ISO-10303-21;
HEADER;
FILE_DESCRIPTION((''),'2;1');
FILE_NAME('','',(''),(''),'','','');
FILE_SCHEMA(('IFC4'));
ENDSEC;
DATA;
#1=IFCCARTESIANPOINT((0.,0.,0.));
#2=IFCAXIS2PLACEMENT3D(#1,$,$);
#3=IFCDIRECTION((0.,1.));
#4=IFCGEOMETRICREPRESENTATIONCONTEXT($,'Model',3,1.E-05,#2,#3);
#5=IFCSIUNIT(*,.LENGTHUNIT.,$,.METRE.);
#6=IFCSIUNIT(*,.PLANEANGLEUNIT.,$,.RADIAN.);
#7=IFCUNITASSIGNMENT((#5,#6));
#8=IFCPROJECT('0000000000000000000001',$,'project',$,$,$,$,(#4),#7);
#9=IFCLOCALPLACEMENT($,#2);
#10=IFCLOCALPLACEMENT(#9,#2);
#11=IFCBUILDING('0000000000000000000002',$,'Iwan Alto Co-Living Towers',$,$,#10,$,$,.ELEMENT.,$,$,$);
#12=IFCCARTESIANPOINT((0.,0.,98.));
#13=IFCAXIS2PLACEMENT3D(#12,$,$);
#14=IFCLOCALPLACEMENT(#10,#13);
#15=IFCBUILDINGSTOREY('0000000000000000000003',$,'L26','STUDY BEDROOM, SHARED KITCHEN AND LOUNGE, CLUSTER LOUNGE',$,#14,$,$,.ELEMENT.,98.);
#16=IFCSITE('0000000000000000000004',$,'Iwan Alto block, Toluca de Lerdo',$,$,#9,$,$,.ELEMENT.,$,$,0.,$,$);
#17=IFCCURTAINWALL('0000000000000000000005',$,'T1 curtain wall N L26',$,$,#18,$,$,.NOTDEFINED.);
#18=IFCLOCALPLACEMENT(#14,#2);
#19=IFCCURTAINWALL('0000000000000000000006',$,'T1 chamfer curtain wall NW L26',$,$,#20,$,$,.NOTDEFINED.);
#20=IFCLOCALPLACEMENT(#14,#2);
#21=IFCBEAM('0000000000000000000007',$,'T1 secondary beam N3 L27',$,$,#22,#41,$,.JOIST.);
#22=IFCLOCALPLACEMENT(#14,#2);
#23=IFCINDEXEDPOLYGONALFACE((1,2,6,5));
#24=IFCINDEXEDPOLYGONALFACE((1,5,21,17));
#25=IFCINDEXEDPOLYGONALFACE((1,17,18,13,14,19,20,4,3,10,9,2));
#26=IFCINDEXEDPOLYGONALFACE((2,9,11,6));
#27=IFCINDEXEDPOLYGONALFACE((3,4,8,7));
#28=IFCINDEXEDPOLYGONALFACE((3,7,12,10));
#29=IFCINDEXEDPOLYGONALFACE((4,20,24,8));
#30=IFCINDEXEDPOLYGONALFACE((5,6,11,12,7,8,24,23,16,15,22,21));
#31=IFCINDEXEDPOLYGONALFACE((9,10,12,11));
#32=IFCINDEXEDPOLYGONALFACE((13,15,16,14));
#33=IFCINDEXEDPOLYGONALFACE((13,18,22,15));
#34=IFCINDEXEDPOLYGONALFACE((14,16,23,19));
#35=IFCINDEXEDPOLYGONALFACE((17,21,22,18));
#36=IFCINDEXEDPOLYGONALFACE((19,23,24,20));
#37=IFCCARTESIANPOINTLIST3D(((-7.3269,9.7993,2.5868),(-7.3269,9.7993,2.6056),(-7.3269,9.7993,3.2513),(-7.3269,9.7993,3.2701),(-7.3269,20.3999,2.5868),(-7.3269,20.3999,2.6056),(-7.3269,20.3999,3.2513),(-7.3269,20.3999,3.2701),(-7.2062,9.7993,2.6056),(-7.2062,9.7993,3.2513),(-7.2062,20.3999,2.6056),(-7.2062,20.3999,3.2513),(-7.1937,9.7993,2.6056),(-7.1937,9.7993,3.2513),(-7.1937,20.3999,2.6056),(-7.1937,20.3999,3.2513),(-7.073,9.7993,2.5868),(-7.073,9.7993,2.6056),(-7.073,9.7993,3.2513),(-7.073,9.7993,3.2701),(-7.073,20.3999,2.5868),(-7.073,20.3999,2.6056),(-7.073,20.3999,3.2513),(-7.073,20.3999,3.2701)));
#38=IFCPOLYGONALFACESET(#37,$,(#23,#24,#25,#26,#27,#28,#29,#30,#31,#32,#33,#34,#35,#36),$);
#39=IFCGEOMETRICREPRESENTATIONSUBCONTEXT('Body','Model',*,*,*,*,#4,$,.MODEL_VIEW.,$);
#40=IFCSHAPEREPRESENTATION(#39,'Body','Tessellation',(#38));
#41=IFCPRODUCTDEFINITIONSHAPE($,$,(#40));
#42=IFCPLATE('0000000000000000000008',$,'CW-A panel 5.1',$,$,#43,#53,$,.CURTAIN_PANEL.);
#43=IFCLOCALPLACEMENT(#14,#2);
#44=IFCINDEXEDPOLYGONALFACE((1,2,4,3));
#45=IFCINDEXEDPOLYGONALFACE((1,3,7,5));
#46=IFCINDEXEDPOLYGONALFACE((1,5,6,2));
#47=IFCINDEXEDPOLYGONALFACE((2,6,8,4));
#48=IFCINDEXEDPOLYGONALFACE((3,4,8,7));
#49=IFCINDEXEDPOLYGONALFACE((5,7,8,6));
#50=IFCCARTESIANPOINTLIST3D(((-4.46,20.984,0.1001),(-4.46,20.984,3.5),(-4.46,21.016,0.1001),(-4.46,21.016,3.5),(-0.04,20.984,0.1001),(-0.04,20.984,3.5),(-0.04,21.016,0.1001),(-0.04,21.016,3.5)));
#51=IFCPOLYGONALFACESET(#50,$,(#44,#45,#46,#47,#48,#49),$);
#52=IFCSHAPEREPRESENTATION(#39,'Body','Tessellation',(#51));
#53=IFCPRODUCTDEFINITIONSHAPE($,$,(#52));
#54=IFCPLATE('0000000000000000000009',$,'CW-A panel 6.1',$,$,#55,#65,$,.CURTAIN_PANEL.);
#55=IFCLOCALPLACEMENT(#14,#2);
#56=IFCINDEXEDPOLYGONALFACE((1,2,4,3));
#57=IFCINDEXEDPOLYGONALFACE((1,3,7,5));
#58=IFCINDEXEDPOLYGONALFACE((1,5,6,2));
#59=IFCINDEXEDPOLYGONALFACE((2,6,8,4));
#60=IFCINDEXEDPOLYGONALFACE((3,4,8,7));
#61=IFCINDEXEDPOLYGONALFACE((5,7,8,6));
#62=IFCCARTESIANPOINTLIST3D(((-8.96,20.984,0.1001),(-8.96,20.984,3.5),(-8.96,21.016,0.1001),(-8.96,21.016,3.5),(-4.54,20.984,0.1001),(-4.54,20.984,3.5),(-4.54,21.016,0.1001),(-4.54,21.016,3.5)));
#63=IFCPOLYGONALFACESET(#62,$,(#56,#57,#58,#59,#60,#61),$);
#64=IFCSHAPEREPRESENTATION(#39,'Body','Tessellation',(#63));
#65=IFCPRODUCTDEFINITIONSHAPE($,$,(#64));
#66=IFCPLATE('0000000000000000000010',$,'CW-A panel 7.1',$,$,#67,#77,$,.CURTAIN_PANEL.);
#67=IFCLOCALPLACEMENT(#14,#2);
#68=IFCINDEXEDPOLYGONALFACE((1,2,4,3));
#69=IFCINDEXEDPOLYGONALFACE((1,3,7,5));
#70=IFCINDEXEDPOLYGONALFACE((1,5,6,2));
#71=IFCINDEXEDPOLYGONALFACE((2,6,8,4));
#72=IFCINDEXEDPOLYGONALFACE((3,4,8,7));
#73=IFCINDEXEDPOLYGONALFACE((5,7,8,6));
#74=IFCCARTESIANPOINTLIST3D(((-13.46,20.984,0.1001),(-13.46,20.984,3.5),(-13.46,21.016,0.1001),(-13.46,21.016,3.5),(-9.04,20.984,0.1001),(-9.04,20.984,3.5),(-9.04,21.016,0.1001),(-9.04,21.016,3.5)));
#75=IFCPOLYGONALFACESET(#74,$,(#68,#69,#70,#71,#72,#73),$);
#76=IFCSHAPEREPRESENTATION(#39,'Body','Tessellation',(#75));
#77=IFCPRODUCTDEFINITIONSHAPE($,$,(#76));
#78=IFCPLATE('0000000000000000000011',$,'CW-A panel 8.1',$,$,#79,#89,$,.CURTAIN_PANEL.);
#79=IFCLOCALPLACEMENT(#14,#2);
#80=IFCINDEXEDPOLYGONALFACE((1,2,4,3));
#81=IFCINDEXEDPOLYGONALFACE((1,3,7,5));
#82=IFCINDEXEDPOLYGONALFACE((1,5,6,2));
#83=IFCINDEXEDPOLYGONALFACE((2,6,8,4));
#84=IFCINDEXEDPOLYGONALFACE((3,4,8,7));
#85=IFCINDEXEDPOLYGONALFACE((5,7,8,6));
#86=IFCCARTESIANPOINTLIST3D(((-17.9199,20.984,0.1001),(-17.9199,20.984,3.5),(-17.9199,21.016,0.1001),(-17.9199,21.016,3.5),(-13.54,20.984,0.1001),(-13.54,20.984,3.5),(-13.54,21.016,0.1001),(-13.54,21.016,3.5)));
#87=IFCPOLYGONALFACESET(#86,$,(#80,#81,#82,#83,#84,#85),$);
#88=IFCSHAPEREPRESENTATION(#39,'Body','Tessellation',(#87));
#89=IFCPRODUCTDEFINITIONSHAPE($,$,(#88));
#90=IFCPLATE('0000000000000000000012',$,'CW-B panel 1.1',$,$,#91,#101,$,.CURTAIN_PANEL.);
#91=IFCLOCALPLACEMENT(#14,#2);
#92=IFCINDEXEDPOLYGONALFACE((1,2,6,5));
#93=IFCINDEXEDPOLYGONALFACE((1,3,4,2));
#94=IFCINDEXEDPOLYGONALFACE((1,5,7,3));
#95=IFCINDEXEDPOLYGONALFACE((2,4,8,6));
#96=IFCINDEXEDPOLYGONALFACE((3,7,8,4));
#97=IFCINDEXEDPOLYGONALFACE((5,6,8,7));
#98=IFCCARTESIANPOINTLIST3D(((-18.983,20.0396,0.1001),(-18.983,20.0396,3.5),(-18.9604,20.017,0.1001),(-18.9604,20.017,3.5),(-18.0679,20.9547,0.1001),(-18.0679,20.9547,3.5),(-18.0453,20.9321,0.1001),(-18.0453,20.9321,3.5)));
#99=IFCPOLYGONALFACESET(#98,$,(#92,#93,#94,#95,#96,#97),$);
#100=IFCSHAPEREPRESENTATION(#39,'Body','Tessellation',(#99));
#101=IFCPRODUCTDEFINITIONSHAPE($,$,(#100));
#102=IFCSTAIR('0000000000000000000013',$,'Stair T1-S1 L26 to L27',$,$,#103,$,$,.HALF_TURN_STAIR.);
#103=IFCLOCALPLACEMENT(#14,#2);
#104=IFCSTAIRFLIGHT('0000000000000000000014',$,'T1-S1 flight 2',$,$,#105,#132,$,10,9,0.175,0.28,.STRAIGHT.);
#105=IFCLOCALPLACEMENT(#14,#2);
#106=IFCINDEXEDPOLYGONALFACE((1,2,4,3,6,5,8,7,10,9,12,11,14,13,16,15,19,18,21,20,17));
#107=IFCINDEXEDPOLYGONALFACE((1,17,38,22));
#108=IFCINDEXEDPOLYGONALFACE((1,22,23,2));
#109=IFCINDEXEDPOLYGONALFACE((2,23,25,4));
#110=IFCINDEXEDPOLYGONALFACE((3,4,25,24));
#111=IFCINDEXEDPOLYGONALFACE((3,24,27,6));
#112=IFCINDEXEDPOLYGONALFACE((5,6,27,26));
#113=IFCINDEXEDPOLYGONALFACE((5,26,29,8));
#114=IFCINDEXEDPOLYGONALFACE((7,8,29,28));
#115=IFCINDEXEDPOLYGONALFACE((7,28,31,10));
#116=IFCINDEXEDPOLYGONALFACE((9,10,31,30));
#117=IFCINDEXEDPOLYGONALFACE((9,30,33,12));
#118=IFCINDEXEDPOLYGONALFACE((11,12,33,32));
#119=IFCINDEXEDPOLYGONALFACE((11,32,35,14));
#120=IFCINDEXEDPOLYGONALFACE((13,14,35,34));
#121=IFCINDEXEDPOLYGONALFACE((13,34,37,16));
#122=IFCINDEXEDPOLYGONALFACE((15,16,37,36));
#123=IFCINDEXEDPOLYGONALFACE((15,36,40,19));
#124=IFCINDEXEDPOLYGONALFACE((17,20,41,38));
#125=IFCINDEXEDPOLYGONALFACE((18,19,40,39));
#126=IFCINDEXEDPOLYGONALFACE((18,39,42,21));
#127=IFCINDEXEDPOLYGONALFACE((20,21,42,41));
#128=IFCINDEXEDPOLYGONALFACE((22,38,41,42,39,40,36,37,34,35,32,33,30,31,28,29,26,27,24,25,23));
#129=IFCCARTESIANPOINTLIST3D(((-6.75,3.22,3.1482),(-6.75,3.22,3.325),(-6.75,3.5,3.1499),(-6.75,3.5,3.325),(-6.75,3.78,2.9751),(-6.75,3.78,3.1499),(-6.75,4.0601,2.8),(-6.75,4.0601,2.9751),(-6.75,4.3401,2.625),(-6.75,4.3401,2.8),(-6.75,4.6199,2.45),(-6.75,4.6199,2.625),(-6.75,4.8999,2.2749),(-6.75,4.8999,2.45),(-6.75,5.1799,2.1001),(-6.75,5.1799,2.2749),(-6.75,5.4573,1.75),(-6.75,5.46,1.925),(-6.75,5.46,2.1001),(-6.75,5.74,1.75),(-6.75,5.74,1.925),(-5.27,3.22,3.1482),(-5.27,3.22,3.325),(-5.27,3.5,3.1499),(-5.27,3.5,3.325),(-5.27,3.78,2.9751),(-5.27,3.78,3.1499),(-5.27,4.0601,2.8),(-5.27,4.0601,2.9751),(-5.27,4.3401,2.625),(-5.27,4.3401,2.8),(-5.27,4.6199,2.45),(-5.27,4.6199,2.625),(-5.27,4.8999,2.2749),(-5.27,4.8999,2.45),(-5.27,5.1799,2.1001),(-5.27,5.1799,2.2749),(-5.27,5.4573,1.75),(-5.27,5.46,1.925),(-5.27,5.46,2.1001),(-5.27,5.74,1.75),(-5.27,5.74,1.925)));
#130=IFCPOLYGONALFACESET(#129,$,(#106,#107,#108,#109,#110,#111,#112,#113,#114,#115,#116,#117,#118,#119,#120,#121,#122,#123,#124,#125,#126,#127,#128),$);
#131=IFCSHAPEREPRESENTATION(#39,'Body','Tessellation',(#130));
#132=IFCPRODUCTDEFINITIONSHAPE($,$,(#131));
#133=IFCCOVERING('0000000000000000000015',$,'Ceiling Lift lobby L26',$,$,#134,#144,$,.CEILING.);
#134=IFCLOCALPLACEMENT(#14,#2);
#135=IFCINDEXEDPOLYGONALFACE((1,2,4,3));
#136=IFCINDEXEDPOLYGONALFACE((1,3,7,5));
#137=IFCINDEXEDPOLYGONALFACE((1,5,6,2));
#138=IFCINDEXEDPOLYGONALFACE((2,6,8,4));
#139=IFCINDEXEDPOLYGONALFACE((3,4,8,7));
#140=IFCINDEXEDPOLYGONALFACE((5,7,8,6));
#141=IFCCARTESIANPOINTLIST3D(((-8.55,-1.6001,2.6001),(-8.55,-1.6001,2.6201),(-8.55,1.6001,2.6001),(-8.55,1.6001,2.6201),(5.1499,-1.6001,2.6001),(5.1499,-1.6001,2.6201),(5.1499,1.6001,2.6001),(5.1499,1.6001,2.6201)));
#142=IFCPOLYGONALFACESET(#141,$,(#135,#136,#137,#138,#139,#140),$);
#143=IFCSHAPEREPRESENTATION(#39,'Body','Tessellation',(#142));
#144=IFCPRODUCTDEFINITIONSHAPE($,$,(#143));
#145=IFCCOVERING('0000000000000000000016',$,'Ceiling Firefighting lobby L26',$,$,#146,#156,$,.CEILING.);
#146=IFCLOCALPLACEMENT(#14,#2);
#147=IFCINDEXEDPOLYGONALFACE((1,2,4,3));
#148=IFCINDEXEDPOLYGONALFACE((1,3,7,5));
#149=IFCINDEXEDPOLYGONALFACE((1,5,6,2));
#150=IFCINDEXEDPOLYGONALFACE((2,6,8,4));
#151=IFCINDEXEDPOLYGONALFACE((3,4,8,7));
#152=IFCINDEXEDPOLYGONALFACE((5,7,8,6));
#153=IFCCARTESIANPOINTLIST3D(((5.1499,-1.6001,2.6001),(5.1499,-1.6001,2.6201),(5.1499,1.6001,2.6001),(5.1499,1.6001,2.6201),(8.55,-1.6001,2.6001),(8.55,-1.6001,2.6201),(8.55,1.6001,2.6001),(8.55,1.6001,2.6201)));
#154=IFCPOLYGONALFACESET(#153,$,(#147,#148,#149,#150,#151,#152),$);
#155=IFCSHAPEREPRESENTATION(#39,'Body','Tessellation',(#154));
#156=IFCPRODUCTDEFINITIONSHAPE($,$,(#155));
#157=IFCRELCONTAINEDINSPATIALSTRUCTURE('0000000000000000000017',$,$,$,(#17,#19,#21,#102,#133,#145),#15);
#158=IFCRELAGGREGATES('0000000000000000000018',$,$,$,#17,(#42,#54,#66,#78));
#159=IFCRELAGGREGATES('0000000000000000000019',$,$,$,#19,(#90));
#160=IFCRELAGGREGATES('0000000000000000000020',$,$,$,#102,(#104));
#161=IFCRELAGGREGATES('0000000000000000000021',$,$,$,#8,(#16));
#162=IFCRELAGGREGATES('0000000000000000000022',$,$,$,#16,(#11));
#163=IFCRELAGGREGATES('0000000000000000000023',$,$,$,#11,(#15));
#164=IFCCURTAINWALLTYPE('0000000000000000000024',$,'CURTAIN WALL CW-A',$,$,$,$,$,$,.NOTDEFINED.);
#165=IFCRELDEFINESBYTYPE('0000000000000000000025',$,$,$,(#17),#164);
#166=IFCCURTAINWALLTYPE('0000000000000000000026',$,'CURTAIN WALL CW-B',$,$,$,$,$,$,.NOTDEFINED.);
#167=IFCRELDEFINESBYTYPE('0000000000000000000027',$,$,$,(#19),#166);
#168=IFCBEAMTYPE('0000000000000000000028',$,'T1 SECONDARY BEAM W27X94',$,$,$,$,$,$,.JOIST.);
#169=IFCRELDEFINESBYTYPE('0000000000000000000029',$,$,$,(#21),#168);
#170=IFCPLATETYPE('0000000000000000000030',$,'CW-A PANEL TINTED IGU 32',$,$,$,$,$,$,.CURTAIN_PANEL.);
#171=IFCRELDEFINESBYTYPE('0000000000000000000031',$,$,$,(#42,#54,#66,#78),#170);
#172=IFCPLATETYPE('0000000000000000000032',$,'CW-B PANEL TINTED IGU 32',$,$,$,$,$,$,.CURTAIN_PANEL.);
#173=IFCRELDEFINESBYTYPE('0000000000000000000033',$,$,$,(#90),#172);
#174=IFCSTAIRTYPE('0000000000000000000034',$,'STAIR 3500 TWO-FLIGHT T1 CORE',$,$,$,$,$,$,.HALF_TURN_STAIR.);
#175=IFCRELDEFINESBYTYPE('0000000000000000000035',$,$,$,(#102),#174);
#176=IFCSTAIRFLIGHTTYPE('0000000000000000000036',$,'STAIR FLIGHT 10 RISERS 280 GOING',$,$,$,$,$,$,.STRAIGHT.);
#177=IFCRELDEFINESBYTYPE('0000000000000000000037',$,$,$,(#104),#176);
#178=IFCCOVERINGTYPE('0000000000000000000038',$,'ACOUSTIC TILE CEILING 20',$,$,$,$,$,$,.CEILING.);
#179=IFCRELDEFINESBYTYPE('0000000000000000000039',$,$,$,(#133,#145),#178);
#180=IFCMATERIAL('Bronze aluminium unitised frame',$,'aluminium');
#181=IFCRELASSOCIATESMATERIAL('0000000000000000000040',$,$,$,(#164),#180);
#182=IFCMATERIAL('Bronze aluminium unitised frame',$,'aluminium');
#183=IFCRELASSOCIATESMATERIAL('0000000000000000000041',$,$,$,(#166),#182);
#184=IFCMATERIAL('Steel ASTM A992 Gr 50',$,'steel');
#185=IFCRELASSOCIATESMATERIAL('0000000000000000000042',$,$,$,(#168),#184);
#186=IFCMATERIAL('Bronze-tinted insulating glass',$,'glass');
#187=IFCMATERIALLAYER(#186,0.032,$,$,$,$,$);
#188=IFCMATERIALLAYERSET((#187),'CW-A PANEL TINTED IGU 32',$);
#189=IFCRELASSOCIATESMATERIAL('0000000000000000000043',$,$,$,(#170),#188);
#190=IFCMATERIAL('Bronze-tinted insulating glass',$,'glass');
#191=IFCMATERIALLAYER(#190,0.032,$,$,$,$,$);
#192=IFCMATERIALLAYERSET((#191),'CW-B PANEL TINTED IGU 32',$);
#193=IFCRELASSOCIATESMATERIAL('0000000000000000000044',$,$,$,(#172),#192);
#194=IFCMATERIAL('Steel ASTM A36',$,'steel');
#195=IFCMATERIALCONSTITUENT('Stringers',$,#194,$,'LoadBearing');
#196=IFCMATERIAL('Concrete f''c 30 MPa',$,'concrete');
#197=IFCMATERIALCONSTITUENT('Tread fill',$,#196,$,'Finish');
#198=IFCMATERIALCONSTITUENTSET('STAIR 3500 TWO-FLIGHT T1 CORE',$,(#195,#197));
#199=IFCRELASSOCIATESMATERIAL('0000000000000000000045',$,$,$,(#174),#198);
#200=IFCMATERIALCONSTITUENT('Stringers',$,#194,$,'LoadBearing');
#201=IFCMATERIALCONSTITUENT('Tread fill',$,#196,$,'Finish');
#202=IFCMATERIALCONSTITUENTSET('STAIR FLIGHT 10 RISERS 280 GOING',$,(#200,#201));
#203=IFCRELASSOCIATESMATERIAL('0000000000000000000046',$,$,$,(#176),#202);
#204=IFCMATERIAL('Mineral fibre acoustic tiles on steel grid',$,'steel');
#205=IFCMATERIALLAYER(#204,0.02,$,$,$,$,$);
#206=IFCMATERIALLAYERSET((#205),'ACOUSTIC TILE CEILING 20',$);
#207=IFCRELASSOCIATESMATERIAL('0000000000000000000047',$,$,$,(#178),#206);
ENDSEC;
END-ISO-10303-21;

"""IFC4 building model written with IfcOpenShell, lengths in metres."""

from ifc_helpers import new_model, si_unit, direction, frame, origin, origin_2d, place, context, subcontext, project, spatial, polyline, rectangle, i_section, outline, extrude, material, layer, layer_set, constituent, constituent_set, material_profile, profile_set, type_object, element, aggregate, save


model = new_model("IFC4")

# Units and contexts
model_context = context("Model", 3, precision=1e-05, world=origin(), true_north=direction((0.0, 1.0)))
body_context = subcontext(model_context, "Body", "Model", "MODEL_VIEW")
ifc_project = project(units=[si_unit("LENGTHUNIT", "METRE"), si_unit("PLANEANGLEUNIT", "RADIAN")], contexts=[model_context])

# Site, building, storey
site_placement = place(None, origin())
site = spatial("IfcSite", under=ifc_project, at=site_placement, Name="Iwan Alto block, Toluca de Lerdo", CompositionType="ELEMENT", RefElevation=0.0)
building_placement = place(site_placement, origin())
building = spatial("IfcBuilding", under=site, at=building_placement, Name="Iwan Alto Co-Living Towers", CompositionType="ELEMENT")
storey_placement = place(building_placement, frame((0.0, 0.0, 98.0)))
storey = spatial("IfcBuildingStorey", under=building, at=storey_placement, Name="L26", Description="STUDY BEDROOM, SHARED KITCHEN AND LOUNGE, CLUSTER LOUNGE", CompositionType="ELEMENT", Elevation=98.0)

# Curtain wall
ifc_material_1 = material(Name="Bronze aluminium unitised frame", Category="aluminium")
curtain_wall_type_1 = type_object("IfcCurtainWallType", Name="CURTAIN WALL CW-A", PredefinedType="NOTDEFINED", material=ifc_material_1)
curtain_wall_1_placement = place(storey_placement, origin())
curtain_wall_1 = element("IfcCurtainWall", 1, at=curtain_wall_1_placement, inside=storey, type_object=curtain_wall_type_1, Name="T1 curtain wall N L26", PredefinedType="NOTDEFINED")

# Curtain wall
ifc_material_2 = material(Name="Bronze aluminium unitised frame", Category="aluminium")
curtain_wall_type_2 = type_object("IfcCurtainWallType", Name="CURTAIN WALL CW-B", PredefinedType="NOTDEFINED", material=ifc_material_2)
curtain_wall_2_placement = place(storey_placement, origin())
curtain_wall_2 = element("IfcCurtainWall", 2, at=curtain_wall_2_placement, inside=storey, type_object=curtain_wall_type_2, Name="T1 chamfer curtain wall NW L26", PredefinedType="NOTDEFINED")

# Beam
ifc_material_3 = material(Name="Steel ASTM A992 Gr 50", Category="steel")
ifc_material_profile_1 = material_profile(ifc_material_3, i_section(OverallWidth=0.2539, OverallDepth=0.6833, WebThickness=0.0125, FlangeThickness=0.0188, at=origin_2d()), Name="W27X94")
ifc_profile_set_1 = profile_set([ifc_material_profile_1], Name="Steel ASTM A992 Gr 50")
beam_type_1 = type_object("IfcBeamType", Name="T1 SECONDARY BEAM W27X94", PredefinedType="JOIST", material=ifc_profile_set_1)
beam_1_placement = place(storey_placement, frame((-7.2, 20.3999, 2.9285), z_axis=(0.0, -1.0, 0.0), x_axis=(1.0, 0.0, 0.0)))
element("IfcBeam", 3, at=beam_1_placement, inside=storey, type_object=beam_type_1, Name="T1 secondary beam N3 L27", PredefinedType="JOIST", context=body_context, shape_type="SweptSolid", body=[
    extrude(i_section(OverallWidth=0.2539, OverallDepth=0.6833, WebThickness=0.0125, FlangeThickness=0.0188, at=origin_2d()), origin(), (0.0, 0.0, 1.0), 10.6006),
])

# Plates
ifc_material_4 = material(Name="Bronze-tinted insulating glass", Category="glass")
ifc_layer_1 = layer(ifc_material_4, 0.032)
ifc_layer_set_1 = layer_set([ifc_layer_1], Name="CW-A PANEL TINTED IGU 32")
plate_type_1 = type_object("IfcPlateType", Name="CW-A PANEL TINTED IGU 32", PredefinedType="CURTAIN_PANEL", material=ifc_layer_set_1)
plate_1_placement = place(storey_placement, frame((-2.25, 21.0, 0.1001), z_axis=(0.0, 0.0, 1.0), x_axis=(-1.0, 0.0, 0.0)))
plate_1 = element("IfcPlate", 4, at=plate_1_placement, type_object=plate_type_1, Name="CW-A panel 5.1", PredefinedType="CURTAIN_PANEL", context=body_context, shape_type="SweptSolid", body=[
    extrude(rectangle(XDim=4.4199, YDim=0.032, at=origin_2d()), origin(), (0.0, 0.0, 1.0), 3.3999),
])
plate_2_placement = place(storey_placement, frame((-6.75, 21.0, 0.1001), z_axis=(0.0, 0.0, 1.0), x_axis=(-1.0, 0.0, 0.0)))
plate_2 = element("IfcPlate", 5, at=plate_2_placement, type_object=plate_type_1, Name="CW-A panel 6.1", PredefinedType="CURTAIN_PANEL", context=body_context, shape_type="SweptSolid", body=[
    extrude(rectangle(XDim=4.4199, YDim=0.032, at=origin_2d()), origin(), (0.0, 0.0, 1.0), 3.3999),
])
plate_3_placement = place(storey_placement, frame((-11.25, 21.0, 0.1001), z_axis=(0.0, 0.0, 1.0), x_axis=(-1.0, 0.0, 0.0)))
plate_3 = element("IfcPlate", 6, at=plate_3_placement, type_object=plate_type_1, Name="CW-A panel 7.1", PredefinedType="CURTAIN_PANEL", context=body_context, shape_type="SweptSolid", body=[
    extrude(rectangle(XDim=4.4199, YDim=0.032, at=origin_2d()), origin(), (0.0, 0.0, 1.0), 3.3999),
])
plate_4_placement = place(storey_placement, frame((-15.73, 21.0, 0.1001), z_axis=(0.0, 0.0, 1.0), x_axis=(-1.0, 0.0, 0.0)))
plate_4 = element("IfcPlate", 7, at=plate_4_placement, type_object=plate_type_1, Name="CW-A panel 8.1", PredefinedType="CURTAIN_PANEL", context=body_context, shape_type="SweptSolid", body=[
    extrude(rectangle(XDim=4.3799, YDim=0.032, at=origin_2d()), origin(), (0.0, 0.0, 1.0), 3.3999),
])
aggregate(curtain_wall_1, [plate_1, plate_2, plate_3, plate_4])
ifc_material_5 = material(Name="Bronze-tinted insulating glass", Category="glass")
ifc_layer_2 = layer(ifc_material_5, 0.032)
ifc_layer_set_2 = layer_set([ifc_layer_2], Name="CW-B PANEL TINTED IGU 32")
plate_type_2 = type_object("IfcPlateType", Name="CW-B PANEL TINTED IGU 32", PredefinedType="CURTAIN_PANEL", material=ifc_layer_set_2)
plate_5_placement = place(storey_placement, frame((-18.5142, 20.4858, 0.1001), z_axis=(0.0, 0.0, 1.0), x_axis=(-0.707107, -0.707107, 0.0)))
plate_5 = element("IfcPlate", 8, at=plate_5_placement, type_object=plate_type_2, Name="CW-B panel 1.1", PredefinedType="CURTAIN_PANEL", context=body_context, shape_type="SweptSolid", body=[
    extrude(rectangle(XDim=1.2942, YDim=0.032, at=origin_2d()), origin(), (0.0, 0.0, 1.0), 3.3999),
])
aggregate(curtain_wall_2, [plate_5])

# Stair, stair flight
ifc_material_6 = material(Name="Steel ASTM A36", Category="steel")
ifc_constituent_1 = constituent(ifc_material_6, Name="Stringers", Category="LoadBearing")
ifc_material_7 = material(Name="Concrete f'c 30 MPa", Category="concrete")
ifc_constituent_2 = constituent(ifc_material_7, Name="Tread fill", Category="Finish")
ifc_constituent_set_1 = constituent_set(constituents=[ifc_constituent_1, ifc_constituent_2], Name="STAIR 3500 TWO-FLIGHT T1 CORE")
stair_type = type_object("IfcStairType", Name="STAIR 3500 TWO-FLIGHT T1 CORE", PredefinedType="HALF_TURN_STAIR", material=ifc_constituent_set_1)
stair_placement = place(storey_placement, origin())
stair = element("IfcStair", 9, at=stair_placement, inside=storey, type_object=stair_type, Name="Stair T1-S1 L26 to L27", PredefinedType="HALF_TURN_STAIR")
ifc_constituent_3 = constituent(ifc_material_6, Name="Stringers", Category="LoadBearing")
ifc_constituent_4 = constituent(ifc_material_7, Name="Tread fill", Category="Finish")
ifc_constituent_set_2 = constituent_set(constituents=[ifc_constituent_3, ifc_constituent_4], Name="STAIR FLIGHT 10 RISERS 280 GOING")
stair_flight_type = type_object("IfcStairFlightType", Name="STAIR FLIGHT 10 RISERS 280 GOING", PredefinedType="STRAIGHT", material=ifc_constituent_set_2)
stair_flight_placement = place(storey_placement, frame((-6.01, 5.74, 1.75), z_axis=(0.0, 0.0, 1.0), x_axis=(0.0, -1.0, 0.0)))
stair_flight = element("IfcStairFlight", 10, at=stair_flight_placement, type_object=stair_flight_type, Name="T1-S1 flight 2", NumberOfRisers=10, NumberOfTreads=9, PredefinedType="STRAIGHT", RiserHeight=0.175, TreadLength=0.28, context=body_context, shape_type="SweptSolid", body=[
    extrude(outline(polyline([(0.0, 0.0), (0.0, 0.175), (0.28, 0.175), (0.28, 0.3501), (0.5601, 0.3501), (0.5601, 0.5249), (0.8401, 0.5249), (0.8401, 0.7), (1.1201, 0.7), (1.1201, 0.875), (1.3999, 0.875), (1.3999, 1.05), (1.6799, 1.05), (1.6799, 1.2251), (1.96, 1.2251), (1.96, 1.3999), (2.24, 1.3999), (2.24, 1.575), (2.52, 1.575), (2.52, 1.75), (2.52, 1.3982), (0.2827, 0.0), (0.0, 0.0)])), frame((0.0, 0.74, 0.0), z_axis=(0.0, -1.0, 0.0), x_axis=(1.0, 0.0, 0.0)), (0.0, 0.0, 1.0), 1.48),
])
aggregate(stair, [stair_flight])

# Coverings
ifc_material_8 = material(Name="Mineral fibre acoustic tiles on steel grid", Category="steel")
ifc_layer_3 = layer(ifc_material_8, 0.02)
ifc_layer_set_3 = layer_set([ifc_layer_3], Name="ACOUSTIC TILE CEILING 20")
covering_type_1 = type_object("IfcCoveringType", Name="ACOUSTIC TILE CEILING 20", PredefinedType="CEILING", material=ifc_layer_set_3)
covering_1_placement = place(storey_placement, frame((0.0, 0.0, 2.6001)))
element("IfcCovering", 11, at=covering_1_placement, inside=storey, type_object=covering_type_1, Name="Ceiling Lift lobby L26", PredefinedType="CEILING", context=body_context, shape_type="SweptSolid", body=[
    extrude(outline(polyline([(-8.55, -1.6001), (-8.55, 1.6001), (5.1499, 1.6001), (5.1499, -1.6001), (-8.55, -1.6001)])), origin(), (0.0, 0.0, 1.0), 0.02),
])
covering_2_placement = place(storey_placement, frame((0.0, 0.0, 2.6001)))
element("IfcCovering", 12, at=covering_2_placement, inside=storey, type_object=covering_type_1, Name="Ceiling Firefighting lobby L26", PredefinedType="CEILING", context=body_context, shape_type="SweptSolid", body=[
    extrude(outline(polyline([(5.1499, -1.6001), (5.1499, 1.6001), (8.55, 1.6001), (8.55, -1.6001), (5.1499, -1.6001)])), origin(), (0.0, 0.0, 1.0), 0.02),
])

save(model, "model.ifc")
